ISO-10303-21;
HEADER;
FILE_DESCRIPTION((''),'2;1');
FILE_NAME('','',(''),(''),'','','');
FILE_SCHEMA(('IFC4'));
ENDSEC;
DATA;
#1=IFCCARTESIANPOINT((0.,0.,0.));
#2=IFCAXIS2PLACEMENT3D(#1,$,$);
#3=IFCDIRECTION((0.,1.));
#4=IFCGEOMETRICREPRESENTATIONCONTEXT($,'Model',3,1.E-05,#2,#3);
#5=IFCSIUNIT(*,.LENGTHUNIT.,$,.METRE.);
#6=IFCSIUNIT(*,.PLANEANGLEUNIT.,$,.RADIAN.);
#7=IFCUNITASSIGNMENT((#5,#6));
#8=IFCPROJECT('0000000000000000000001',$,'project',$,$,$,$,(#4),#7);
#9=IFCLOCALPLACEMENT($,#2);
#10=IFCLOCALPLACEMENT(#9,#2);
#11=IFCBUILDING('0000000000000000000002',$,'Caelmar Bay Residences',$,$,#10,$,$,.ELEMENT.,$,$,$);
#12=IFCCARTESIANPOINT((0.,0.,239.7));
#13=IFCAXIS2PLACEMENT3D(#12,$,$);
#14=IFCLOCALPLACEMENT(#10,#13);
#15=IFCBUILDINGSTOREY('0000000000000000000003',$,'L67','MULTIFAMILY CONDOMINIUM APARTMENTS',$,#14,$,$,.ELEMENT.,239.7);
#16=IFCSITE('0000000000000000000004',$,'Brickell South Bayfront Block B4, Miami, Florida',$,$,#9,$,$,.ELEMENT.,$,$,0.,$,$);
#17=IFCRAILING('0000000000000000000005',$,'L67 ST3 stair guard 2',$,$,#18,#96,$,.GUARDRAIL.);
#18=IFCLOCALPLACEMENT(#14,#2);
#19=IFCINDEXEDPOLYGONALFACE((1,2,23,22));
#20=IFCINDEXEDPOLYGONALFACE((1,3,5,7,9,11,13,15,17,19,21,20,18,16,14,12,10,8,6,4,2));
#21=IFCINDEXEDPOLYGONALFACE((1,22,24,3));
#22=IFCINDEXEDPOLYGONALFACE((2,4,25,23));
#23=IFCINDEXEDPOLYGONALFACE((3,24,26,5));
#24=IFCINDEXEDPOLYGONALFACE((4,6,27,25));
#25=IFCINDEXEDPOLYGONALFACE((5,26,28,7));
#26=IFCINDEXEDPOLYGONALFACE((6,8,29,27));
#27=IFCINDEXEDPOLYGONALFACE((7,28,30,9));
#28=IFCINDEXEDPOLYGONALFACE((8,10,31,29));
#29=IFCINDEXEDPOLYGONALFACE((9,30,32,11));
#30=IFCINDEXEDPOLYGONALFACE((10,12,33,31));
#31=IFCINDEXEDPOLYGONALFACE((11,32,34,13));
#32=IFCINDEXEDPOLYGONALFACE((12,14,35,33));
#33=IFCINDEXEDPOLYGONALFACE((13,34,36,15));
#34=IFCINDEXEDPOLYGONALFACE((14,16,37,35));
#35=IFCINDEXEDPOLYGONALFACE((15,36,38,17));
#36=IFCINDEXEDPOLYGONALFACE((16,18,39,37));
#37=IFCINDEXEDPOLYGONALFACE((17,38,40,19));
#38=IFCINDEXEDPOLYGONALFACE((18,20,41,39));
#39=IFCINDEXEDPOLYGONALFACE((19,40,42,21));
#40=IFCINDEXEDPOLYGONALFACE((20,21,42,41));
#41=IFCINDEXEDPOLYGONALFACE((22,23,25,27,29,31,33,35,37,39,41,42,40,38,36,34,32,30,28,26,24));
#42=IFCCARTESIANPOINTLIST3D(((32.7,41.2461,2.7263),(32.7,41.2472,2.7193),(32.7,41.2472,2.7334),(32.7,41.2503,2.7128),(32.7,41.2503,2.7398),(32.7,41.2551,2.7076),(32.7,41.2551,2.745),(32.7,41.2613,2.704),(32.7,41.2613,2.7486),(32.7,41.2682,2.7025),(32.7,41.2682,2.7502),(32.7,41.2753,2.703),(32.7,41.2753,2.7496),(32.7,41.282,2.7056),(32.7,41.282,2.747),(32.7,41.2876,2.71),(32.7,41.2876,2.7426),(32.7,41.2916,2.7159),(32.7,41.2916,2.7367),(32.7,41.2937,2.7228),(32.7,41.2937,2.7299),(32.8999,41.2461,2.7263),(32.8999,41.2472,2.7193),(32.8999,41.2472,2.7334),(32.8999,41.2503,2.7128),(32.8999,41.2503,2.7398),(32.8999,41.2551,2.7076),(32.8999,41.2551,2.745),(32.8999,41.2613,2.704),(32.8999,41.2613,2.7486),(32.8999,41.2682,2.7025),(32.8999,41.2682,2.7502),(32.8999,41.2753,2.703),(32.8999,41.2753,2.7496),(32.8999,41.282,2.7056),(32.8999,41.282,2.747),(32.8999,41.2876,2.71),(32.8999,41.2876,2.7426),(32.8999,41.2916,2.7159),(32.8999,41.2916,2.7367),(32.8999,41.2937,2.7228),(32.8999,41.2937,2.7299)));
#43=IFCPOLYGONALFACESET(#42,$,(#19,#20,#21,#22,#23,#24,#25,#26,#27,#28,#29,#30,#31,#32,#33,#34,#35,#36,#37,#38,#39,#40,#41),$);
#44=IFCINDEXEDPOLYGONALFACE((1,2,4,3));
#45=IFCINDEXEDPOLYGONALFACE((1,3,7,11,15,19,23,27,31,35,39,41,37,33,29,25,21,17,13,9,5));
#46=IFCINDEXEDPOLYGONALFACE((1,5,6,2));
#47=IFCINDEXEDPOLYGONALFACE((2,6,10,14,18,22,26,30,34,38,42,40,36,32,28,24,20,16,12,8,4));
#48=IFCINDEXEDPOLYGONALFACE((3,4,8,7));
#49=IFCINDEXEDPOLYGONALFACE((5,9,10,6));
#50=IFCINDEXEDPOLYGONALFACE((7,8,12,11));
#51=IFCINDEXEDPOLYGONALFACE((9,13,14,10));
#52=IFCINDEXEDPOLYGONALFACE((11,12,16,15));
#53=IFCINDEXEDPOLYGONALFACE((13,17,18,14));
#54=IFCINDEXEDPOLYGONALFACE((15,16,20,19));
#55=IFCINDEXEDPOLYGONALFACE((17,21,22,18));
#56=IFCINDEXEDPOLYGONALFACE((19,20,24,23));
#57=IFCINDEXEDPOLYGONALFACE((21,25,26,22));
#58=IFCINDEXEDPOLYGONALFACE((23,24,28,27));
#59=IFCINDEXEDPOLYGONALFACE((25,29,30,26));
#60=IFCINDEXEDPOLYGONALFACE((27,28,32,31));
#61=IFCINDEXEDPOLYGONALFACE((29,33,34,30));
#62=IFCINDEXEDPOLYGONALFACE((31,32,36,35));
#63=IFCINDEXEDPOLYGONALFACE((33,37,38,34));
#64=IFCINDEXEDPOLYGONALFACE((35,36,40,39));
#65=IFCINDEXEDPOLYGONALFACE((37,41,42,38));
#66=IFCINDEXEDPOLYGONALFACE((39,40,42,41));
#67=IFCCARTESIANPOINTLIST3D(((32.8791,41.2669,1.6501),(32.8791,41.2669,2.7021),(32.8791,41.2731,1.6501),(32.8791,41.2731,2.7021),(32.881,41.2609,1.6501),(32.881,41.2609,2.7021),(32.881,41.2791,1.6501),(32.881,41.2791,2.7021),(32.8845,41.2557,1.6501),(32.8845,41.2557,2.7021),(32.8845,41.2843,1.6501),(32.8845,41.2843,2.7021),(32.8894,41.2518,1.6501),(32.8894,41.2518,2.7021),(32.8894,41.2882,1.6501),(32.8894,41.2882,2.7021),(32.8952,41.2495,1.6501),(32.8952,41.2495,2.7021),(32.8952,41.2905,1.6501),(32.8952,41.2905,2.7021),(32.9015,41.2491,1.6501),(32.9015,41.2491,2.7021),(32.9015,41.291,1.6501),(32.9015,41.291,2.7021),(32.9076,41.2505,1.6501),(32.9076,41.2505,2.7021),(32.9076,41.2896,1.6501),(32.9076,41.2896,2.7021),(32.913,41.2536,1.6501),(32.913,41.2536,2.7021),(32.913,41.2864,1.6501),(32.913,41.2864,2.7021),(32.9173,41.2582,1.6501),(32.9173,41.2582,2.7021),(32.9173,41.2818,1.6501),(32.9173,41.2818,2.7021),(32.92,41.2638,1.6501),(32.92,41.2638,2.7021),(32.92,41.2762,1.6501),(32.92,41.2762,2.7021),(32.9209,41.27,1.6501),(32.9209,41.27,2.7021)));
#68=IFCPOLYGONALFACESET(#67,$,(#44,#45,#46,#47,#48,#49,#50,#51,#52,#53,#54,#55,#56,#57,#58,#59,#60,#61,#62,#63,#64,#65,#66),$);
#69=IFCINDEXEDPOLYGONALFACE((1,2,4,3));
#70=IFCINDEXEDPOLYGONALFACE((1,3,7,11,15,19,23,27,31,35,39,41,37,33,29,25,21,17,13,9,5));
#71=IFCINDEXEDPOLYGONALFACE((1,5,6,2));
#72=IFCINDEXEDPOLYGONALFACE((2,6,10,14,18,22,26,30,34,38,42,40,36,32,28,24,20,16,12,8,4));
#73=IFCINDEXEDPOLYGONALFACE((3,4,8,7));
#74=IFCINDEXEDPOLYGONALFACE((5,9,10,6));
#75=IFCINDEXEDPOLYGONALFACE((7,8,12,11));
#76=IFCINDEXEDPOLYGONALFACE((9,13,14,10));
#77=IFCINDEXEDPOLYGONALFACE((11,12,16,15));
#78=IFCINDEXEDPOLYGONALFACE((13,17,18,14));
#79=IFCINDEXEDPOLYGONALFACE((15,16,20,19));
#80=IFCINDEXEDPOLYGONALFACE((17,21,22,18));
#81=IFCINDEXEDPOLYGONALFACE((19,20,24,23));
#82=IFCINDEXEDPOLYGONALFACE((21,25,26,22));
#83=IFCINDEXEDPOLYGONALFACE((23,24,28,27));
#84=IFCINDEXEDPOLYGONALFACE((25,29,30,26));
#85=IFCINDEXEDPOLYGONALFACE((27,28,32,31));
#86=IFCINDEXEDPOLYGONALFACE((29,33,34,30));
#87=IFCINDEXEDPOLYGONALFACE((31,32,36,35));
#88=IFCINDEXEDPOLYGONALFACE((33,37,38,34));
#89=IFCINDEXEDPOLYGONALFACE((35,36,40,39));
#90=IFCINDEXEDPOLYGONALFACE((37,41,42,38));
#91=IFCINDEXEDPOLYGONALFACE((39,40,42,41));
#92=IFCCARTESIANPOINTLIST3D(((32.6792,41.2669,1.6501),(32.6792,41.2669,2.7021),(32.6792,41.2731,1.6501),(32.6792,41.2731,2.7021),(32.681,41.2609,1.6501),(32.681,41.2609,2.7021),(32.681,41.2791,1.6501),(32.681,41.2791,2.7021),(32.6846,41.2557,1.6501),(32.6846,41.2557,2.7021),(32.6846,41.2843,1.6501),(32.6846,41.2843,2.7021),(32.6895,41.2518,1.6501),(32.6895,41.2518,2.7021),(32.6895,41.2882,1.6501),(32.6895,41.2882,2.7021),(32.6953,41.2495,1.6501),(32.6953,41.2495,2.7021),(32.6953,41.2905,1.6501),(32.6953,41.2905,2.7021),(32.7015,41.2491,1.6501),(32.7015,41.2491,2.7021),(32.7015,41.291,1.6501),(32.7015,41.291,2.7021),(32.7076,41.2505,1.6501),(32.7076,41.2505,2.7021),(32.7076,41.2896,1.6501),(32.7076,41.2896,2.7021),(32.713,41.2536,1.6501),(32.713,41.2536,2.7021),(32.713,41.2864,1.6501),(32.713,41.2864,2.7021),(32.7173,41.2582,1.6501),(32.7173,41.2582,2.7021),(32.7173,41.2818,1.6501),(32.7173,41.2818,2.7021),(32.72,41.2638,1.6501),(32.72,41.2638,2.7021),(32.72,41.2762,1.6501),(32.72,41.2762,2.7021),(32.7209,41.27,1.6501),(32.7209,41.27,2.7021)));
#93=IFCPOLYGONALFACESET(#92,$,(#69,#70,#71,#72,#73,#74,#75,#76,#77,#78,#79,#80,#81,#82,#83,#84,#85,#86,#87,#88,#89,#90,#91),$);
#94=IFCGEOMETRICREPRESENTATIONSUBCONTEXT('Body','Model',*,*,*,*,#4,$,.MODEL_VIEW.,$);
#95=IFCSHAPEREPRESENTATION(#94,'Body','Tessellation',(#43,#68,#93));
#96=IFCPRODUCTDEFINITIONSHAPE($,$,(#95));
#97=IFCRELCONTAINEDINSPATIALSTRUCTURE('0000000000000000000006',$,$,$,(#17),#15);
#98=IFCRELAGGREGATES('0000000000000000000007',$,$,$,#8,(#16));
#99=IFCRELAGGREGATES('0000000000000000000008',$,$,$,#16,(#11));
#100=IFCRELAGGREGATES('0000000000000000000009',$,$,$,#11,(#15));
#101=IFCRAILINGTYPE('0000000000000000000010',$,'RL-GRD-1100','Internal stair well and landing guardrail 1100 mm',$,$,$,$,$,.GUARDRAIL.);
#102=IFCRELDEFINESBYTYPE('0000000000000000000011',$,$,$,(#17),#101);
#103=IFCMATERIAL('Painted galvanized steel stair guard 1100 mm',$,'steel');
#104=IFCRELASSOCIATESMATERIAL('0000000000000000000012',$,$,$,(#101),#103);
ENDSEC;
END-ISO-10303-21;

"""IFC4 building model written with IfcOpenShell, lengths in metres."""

from ifc_helpers import new_model, si_unit, direction, frame, origin, origin_2d, place, context, subcontext, project, spatial, circle, extrude, material, type_object, element, save


model = new_model("IFC4")

# Units and contexts
model_context = context("Model", 3, precision=1e-05, world=origin(), true_north=direction((0.0, 1.0)))
body_context = subcontext(model_context, "Body", "Model", "MODEL_VIEW")
ifc_project = project(units=[si_unit("LENGTHUNIT", "METRE"), si_unit("PLANEANGLEUNIT", "RADIAN")], contexts=[model_context])

# Site, building, storey
site_placement = place(None, origin())
site = spatial("IfcSite", under=ifc_project, at=site_placement, Name="Brickell South Bayfront Block B4, Miami, Florida", CompositionType="ELEMENT", RefElevation=0.0)
building_placement = place(site_placement, origin())
building = spatial("IfcBuilding", under=site, at=building_placement, Name="Caelmar Bay Residences", CompositionType="ELEMENT")
storey_placement = place(building_placement, frame((0.0, 0.0, 239.7)))
storey = spatial("IfcBuildingStorey", under=building, at=storey_placement, Name="L67", Description="MULTIFAMILY CONDOMINIUM APARTMENTS", CompositionType="ELEMENT", Elevation=239.7)

# Railing
ifc_material_1 = material(Name="Painted galvanized steel stair guard 1100 mm", Category="steel")
railing_type_1 = type_object("IfcRailingType", Name="RL-GRD-1100", Description="Internal stair well and landing guardrail 1100 mm", PredefinedType="GUARDRAIL", material=ifc_material_1)
railing_1_placement = place(storey_placement, frame((32.8999, 41.27, 1.6501)))
element("IfcRailing", 1, at=railing_1_placement, inside=storey, type_object=railing_type_1, Name="L67 ST3 stair guard 2", PredefinedType="GUARDRAIL", context=body_context, shape_type="SweptSolid", body=[
    extrude(circle(Radius=0.0239, at=origin_2d()), frame((0.0, 0.0, 1.0762), z_axis=(-1.0, 0.0, 0.0), x_axis=(0.0, -1.0, 0.0)), (0.0, 0.0, 1.0), 0.2),
    extrude(circle(Radius=0.021, at=origin_2d()), origin(), (0.0, 0.0, 1.0), 1.052),
    extrude(circle(Radius=0.021, at=origin_2d()), frame((-0.2, 0.0, 0.0)), (0.0, 0.0, 1.0), 1.052),
])

save(model, "model.ifc")
